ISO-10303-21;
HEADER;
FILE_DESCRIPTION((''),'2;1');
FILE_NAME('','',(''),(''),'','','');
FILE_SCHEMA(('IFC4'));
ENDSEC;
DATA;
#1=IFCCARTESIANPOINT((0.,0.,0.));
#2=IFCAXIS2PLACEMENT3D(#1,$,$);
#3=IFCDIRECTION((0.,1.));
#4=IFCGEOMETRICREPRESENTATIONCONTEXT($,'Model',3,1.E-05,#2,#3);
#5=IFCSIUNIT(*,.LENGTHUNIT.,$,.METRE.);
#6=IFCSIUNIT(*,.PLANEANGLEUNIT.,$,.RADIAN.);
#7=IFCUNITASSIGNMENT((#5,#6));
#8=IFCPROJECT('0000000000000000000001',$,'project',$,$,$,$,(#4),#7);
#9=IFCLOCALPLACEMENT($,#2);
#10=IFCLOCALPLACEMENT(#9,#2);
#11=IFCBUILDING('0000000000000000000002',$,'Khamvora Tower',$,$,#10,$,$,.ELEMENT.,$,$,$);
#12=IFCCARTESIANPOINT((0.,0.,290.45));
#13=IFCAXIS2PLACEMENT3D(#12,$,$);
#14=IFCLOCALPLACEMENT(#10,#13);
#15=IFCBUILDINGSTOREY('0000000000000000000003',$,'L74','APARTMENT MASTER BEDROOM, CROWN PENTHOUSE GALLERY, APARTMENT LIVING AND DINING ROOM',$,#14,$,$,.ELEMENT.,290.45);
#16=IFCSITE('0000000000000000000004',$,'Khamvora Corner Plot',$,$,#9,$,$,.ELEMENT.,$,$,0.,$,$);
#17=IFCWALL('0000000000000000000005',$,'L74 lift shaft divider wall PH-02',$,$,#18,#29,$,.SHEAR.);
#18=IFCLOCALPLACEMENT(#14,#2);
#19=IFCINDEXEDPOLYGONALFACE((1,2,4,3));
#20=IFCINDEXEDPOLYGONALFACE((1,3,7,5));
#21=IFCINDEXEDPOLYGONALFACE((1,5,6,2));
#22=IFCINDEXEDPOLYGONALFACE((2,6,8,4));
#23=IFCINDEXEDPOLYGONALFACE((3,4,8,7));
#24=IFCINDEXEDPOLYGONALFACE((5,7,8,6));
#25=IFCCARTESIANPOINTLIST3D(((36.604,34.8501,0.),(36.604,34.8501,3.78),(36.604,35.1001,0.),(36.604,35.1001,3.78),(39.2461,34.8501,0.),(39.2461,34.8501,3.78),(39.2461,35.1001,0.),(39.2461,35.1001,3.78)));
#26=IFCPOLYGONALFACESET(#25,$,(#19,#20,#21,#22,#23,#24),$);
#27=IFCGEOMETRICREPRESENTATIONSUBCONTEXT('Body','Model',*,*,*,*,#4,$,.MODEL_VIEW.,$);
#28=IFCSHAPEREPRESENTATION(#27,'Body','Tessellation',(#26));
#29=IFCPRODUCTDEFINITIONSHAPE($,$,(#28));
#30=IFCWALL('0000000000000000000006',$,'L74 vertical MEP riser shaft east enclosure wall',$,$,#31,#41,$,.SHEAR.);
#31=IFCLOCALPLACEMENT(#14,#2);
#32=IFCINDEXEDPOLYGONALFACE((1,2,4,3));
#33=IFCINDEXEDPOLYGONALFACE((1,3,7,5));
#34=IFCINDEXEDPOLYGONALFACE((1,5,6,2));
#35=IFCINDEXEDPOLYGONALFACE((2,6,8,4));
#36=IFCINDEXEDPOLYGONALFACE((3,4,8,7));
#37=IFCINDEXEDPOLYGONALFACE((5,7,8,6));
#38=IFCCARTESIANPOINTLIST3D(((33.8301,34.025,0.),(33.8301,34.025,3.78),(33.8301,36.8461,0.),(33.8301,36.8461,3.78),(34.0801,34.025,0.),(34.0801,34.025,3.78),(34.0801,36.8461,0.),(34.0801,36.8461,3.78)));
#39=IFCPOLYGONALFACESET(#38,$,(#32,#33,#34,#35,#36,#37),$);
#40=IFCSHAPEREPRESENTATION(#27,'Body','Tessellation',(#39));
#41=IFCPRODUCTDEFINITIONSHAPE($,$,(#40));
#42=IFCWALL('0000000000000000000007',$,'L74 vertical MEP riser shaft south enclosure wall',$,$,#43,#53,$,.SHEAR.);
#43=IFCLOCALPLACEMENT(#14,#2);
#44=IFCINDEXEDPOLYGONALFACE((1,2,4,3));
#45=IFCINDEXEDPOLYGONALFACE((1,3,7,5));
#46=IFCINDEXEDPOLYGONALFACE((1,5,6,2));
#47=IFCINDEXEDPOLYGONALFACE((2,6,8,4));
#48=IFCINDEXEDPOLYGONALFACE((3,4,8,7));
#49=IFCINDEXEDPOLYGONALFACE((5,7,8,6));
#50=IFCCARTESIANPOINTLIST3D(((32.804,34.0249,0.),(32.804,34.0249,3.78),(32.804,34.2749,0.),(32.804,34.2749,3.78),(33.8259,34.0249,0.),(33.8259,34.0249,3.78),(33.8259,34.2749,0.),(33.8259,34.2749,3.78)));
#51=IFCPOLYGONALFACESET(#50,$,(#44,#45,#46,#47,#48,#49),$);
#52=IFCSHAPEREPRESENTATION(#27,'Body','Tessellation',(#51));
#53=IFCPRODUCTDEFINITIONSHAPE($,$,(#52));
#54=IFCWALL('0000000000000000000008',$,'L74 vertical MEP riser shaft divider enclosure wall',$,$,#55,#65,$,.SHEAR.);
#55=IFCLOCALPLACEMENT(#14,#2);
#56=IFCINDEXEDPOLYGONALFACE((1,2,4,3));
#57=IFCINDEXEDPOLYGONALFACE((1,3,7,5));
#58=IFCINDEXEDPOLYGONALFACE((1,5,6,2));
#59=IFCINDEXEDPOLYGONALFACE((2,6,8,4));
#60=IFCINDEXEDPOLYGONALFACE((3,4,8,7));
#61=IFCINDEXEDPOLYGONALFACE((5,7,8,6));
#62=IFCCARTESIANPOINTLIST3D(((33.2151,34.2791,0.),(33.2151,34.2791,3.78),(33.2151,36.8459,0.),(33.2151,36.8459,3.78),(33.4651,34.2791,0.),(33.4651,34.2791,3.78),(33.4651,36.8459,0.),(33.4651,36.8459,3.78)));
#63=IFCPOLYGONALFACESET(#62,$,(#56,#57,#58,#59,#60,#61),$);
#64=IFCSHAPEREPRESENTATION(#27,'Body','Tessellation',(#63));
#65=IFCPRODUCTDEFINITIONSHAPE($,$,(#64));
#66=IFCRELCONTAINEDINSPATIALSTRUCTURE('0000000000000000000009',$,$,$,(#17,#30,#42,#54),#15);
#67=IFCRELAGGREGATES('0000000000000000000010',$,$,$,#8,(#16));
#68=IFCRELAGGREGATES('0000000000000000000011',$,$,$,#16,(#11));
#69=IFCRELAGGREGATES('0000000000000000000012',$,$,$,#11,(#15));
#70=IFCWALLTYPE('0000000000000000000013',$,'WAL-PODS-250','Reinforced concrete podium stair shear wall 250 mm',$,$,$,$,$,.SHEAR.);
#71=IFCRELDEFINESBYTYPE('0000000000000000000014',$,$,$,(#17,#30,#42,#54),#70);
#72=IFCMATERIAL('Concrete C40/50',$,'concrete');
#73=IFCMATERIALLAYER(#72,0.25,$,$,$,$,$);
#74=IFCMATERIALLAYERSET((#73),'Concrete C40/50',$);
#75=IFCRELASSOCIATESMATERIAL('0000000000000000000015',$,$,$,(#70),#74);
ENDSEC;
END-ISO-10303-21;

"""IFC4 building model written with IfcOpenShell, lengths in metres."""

from ifc_helpers import new_model, si_unit, direction, frame, frame_2d, origin, place, context, subcontext, project, spatial, rectangle, extrude, material, layer, layer_set, type_object, element, save


model = new_model("IFC4")

# Units and contexts
model_context = context("Model", 3, precision=1e-05, world=origin(), true_north=direction((0.0, 1.0)))
body_context = subcontext(model_context, "Body", "Model", "MODEL_VIEW")
ifc_project = project(units=[si_unit("LENGTHUNIT", "METRE"), si_unit("PLANEANGLEUNIT", "RADIAN")], contexts=[model_context])

# Site, building, storey
site_placement = place(None, origin())
site = spatial("IfcSite", under=ifc_project, at=site_placement, Name="Khamvora Corner Plot", CompositionType="ELEMENT", RefElevation=0.0)
building_placement = place(site_placement, origin())
building = spatial("IfcBuilding", under=site, at=building_placement, Name="Khamvora Tower", CompositionType="ELEMENT")
storey_placement = place(building_placement, frame((0.0, 0.0, 290.45)))
storey = spatial("IfcBuildingStorey", under=building, at=storey_placement, Name="L74", Description="APARTMENT MASTER BEDROOM, CROWN PENTHOUSE GALLERY, APARTMENT LIVING AND DINING ROOM", CompositionType="ELEMENT", Elevation=290.45)

# Walls
ifc_material_1 = material(Name="Concrete C40/50", Category="concrete")
ifc_layer_1 = layer(ifc_material_1, 0.25)
ifc_layer_set_1 = layer_set([ifc_layer_1], Name="Concrete C40/50")
wall_type_1 = type_object("IfcWallType", Name="WAL-PODS-250", Description="Reinforced concrete podium stair shear wall 250 mm", PredefinedType="SHEAR", material=ifc_layer_set_1)
wall_1_placement = place(storey_placement, frame((36.604, 34.9751, 0.0), z_axis=(0.0, 0.0, 1.0), x_axis=(1.0, 0.0, 0.0)))
element("IfcWall", 1, at=wall_1_placement, inside=storey, type_object=wall_type_1, Name="L74 lift shaft divider wall PH-02", PredefinedType="SHEAR", context=body_context, shape_type="SweptSolid", body=[
    extrude(rectangle(XDim=2.6421, YDim=0.25, at=frame_2d((1.321, 0.0))), origin(), (0.0, 0.0, 1.0), 3.78),
])
wall_2_placement = place(storey_placement, frame((33.9551, 34.0249, 0.0), z_axis=(0.0, 0.0, 1.0), x_axis=(0.0, 1.0, 0.0)))
element("IfcWall", 2, at=wall_2_placement, inside=storey, type_object=wall_type_1, Name="L74 vertical MEP riser shaft east enclosure wall", PredefinedType="SHEAR", context=body_context, shape_type="SweptSolid", body=[
    extrude(rectangle(XDim=2.821, YDim=0.25, at=frame_2d((1.4106, 0.0))), origin(), (0.0, 0.0, 1.0), 3.78),
])
wall_3_placement = place(storey_placement, frame((32.804, 34.1499, 0.0), z_axis=(0.0, 0.0, 1.0), x_axis=(1.0, 0.0, 0.0)))
element("IfcWall", 3, at=wall_3_placement, inside=storey, type_object=wall_type_1, Name="L74 vertical MEP riser shaft south enclosure wall", PredefinedType="SHEAR", context=body_context, shape_type="SweptSolid", body=[
    extrude(rectangle(XDim=1.022, YDim=0.25, at=frame_2d((0.511, 0.0))), origin(), (0.0, 0.0, 1.0), 3.78),
])
wall_4_placement = place(storey_placement, frame((33.3401, 34.2791, 0.0), z_axis=(0.0, 0.0, 1.0), x_axis=(0.0, 1.0, 0.0)))
element("IfcWall", 4, at=wall_4_placement, inside=storey, type_object=wall_type_1, Name="L74 vertical MEP riser shaft divider enclosure wall", PredefinedType="SHEAR", context=body_context, shape_type="SweptSolid", body=[
    extrude(rectangle(XDim=2.5669, YDim=0.25, at=frame_2d((1.2834, 0.0))), origin(), (0.0, 0.0, 1.0), 3.78),
])

save(model, "model.ifc")
